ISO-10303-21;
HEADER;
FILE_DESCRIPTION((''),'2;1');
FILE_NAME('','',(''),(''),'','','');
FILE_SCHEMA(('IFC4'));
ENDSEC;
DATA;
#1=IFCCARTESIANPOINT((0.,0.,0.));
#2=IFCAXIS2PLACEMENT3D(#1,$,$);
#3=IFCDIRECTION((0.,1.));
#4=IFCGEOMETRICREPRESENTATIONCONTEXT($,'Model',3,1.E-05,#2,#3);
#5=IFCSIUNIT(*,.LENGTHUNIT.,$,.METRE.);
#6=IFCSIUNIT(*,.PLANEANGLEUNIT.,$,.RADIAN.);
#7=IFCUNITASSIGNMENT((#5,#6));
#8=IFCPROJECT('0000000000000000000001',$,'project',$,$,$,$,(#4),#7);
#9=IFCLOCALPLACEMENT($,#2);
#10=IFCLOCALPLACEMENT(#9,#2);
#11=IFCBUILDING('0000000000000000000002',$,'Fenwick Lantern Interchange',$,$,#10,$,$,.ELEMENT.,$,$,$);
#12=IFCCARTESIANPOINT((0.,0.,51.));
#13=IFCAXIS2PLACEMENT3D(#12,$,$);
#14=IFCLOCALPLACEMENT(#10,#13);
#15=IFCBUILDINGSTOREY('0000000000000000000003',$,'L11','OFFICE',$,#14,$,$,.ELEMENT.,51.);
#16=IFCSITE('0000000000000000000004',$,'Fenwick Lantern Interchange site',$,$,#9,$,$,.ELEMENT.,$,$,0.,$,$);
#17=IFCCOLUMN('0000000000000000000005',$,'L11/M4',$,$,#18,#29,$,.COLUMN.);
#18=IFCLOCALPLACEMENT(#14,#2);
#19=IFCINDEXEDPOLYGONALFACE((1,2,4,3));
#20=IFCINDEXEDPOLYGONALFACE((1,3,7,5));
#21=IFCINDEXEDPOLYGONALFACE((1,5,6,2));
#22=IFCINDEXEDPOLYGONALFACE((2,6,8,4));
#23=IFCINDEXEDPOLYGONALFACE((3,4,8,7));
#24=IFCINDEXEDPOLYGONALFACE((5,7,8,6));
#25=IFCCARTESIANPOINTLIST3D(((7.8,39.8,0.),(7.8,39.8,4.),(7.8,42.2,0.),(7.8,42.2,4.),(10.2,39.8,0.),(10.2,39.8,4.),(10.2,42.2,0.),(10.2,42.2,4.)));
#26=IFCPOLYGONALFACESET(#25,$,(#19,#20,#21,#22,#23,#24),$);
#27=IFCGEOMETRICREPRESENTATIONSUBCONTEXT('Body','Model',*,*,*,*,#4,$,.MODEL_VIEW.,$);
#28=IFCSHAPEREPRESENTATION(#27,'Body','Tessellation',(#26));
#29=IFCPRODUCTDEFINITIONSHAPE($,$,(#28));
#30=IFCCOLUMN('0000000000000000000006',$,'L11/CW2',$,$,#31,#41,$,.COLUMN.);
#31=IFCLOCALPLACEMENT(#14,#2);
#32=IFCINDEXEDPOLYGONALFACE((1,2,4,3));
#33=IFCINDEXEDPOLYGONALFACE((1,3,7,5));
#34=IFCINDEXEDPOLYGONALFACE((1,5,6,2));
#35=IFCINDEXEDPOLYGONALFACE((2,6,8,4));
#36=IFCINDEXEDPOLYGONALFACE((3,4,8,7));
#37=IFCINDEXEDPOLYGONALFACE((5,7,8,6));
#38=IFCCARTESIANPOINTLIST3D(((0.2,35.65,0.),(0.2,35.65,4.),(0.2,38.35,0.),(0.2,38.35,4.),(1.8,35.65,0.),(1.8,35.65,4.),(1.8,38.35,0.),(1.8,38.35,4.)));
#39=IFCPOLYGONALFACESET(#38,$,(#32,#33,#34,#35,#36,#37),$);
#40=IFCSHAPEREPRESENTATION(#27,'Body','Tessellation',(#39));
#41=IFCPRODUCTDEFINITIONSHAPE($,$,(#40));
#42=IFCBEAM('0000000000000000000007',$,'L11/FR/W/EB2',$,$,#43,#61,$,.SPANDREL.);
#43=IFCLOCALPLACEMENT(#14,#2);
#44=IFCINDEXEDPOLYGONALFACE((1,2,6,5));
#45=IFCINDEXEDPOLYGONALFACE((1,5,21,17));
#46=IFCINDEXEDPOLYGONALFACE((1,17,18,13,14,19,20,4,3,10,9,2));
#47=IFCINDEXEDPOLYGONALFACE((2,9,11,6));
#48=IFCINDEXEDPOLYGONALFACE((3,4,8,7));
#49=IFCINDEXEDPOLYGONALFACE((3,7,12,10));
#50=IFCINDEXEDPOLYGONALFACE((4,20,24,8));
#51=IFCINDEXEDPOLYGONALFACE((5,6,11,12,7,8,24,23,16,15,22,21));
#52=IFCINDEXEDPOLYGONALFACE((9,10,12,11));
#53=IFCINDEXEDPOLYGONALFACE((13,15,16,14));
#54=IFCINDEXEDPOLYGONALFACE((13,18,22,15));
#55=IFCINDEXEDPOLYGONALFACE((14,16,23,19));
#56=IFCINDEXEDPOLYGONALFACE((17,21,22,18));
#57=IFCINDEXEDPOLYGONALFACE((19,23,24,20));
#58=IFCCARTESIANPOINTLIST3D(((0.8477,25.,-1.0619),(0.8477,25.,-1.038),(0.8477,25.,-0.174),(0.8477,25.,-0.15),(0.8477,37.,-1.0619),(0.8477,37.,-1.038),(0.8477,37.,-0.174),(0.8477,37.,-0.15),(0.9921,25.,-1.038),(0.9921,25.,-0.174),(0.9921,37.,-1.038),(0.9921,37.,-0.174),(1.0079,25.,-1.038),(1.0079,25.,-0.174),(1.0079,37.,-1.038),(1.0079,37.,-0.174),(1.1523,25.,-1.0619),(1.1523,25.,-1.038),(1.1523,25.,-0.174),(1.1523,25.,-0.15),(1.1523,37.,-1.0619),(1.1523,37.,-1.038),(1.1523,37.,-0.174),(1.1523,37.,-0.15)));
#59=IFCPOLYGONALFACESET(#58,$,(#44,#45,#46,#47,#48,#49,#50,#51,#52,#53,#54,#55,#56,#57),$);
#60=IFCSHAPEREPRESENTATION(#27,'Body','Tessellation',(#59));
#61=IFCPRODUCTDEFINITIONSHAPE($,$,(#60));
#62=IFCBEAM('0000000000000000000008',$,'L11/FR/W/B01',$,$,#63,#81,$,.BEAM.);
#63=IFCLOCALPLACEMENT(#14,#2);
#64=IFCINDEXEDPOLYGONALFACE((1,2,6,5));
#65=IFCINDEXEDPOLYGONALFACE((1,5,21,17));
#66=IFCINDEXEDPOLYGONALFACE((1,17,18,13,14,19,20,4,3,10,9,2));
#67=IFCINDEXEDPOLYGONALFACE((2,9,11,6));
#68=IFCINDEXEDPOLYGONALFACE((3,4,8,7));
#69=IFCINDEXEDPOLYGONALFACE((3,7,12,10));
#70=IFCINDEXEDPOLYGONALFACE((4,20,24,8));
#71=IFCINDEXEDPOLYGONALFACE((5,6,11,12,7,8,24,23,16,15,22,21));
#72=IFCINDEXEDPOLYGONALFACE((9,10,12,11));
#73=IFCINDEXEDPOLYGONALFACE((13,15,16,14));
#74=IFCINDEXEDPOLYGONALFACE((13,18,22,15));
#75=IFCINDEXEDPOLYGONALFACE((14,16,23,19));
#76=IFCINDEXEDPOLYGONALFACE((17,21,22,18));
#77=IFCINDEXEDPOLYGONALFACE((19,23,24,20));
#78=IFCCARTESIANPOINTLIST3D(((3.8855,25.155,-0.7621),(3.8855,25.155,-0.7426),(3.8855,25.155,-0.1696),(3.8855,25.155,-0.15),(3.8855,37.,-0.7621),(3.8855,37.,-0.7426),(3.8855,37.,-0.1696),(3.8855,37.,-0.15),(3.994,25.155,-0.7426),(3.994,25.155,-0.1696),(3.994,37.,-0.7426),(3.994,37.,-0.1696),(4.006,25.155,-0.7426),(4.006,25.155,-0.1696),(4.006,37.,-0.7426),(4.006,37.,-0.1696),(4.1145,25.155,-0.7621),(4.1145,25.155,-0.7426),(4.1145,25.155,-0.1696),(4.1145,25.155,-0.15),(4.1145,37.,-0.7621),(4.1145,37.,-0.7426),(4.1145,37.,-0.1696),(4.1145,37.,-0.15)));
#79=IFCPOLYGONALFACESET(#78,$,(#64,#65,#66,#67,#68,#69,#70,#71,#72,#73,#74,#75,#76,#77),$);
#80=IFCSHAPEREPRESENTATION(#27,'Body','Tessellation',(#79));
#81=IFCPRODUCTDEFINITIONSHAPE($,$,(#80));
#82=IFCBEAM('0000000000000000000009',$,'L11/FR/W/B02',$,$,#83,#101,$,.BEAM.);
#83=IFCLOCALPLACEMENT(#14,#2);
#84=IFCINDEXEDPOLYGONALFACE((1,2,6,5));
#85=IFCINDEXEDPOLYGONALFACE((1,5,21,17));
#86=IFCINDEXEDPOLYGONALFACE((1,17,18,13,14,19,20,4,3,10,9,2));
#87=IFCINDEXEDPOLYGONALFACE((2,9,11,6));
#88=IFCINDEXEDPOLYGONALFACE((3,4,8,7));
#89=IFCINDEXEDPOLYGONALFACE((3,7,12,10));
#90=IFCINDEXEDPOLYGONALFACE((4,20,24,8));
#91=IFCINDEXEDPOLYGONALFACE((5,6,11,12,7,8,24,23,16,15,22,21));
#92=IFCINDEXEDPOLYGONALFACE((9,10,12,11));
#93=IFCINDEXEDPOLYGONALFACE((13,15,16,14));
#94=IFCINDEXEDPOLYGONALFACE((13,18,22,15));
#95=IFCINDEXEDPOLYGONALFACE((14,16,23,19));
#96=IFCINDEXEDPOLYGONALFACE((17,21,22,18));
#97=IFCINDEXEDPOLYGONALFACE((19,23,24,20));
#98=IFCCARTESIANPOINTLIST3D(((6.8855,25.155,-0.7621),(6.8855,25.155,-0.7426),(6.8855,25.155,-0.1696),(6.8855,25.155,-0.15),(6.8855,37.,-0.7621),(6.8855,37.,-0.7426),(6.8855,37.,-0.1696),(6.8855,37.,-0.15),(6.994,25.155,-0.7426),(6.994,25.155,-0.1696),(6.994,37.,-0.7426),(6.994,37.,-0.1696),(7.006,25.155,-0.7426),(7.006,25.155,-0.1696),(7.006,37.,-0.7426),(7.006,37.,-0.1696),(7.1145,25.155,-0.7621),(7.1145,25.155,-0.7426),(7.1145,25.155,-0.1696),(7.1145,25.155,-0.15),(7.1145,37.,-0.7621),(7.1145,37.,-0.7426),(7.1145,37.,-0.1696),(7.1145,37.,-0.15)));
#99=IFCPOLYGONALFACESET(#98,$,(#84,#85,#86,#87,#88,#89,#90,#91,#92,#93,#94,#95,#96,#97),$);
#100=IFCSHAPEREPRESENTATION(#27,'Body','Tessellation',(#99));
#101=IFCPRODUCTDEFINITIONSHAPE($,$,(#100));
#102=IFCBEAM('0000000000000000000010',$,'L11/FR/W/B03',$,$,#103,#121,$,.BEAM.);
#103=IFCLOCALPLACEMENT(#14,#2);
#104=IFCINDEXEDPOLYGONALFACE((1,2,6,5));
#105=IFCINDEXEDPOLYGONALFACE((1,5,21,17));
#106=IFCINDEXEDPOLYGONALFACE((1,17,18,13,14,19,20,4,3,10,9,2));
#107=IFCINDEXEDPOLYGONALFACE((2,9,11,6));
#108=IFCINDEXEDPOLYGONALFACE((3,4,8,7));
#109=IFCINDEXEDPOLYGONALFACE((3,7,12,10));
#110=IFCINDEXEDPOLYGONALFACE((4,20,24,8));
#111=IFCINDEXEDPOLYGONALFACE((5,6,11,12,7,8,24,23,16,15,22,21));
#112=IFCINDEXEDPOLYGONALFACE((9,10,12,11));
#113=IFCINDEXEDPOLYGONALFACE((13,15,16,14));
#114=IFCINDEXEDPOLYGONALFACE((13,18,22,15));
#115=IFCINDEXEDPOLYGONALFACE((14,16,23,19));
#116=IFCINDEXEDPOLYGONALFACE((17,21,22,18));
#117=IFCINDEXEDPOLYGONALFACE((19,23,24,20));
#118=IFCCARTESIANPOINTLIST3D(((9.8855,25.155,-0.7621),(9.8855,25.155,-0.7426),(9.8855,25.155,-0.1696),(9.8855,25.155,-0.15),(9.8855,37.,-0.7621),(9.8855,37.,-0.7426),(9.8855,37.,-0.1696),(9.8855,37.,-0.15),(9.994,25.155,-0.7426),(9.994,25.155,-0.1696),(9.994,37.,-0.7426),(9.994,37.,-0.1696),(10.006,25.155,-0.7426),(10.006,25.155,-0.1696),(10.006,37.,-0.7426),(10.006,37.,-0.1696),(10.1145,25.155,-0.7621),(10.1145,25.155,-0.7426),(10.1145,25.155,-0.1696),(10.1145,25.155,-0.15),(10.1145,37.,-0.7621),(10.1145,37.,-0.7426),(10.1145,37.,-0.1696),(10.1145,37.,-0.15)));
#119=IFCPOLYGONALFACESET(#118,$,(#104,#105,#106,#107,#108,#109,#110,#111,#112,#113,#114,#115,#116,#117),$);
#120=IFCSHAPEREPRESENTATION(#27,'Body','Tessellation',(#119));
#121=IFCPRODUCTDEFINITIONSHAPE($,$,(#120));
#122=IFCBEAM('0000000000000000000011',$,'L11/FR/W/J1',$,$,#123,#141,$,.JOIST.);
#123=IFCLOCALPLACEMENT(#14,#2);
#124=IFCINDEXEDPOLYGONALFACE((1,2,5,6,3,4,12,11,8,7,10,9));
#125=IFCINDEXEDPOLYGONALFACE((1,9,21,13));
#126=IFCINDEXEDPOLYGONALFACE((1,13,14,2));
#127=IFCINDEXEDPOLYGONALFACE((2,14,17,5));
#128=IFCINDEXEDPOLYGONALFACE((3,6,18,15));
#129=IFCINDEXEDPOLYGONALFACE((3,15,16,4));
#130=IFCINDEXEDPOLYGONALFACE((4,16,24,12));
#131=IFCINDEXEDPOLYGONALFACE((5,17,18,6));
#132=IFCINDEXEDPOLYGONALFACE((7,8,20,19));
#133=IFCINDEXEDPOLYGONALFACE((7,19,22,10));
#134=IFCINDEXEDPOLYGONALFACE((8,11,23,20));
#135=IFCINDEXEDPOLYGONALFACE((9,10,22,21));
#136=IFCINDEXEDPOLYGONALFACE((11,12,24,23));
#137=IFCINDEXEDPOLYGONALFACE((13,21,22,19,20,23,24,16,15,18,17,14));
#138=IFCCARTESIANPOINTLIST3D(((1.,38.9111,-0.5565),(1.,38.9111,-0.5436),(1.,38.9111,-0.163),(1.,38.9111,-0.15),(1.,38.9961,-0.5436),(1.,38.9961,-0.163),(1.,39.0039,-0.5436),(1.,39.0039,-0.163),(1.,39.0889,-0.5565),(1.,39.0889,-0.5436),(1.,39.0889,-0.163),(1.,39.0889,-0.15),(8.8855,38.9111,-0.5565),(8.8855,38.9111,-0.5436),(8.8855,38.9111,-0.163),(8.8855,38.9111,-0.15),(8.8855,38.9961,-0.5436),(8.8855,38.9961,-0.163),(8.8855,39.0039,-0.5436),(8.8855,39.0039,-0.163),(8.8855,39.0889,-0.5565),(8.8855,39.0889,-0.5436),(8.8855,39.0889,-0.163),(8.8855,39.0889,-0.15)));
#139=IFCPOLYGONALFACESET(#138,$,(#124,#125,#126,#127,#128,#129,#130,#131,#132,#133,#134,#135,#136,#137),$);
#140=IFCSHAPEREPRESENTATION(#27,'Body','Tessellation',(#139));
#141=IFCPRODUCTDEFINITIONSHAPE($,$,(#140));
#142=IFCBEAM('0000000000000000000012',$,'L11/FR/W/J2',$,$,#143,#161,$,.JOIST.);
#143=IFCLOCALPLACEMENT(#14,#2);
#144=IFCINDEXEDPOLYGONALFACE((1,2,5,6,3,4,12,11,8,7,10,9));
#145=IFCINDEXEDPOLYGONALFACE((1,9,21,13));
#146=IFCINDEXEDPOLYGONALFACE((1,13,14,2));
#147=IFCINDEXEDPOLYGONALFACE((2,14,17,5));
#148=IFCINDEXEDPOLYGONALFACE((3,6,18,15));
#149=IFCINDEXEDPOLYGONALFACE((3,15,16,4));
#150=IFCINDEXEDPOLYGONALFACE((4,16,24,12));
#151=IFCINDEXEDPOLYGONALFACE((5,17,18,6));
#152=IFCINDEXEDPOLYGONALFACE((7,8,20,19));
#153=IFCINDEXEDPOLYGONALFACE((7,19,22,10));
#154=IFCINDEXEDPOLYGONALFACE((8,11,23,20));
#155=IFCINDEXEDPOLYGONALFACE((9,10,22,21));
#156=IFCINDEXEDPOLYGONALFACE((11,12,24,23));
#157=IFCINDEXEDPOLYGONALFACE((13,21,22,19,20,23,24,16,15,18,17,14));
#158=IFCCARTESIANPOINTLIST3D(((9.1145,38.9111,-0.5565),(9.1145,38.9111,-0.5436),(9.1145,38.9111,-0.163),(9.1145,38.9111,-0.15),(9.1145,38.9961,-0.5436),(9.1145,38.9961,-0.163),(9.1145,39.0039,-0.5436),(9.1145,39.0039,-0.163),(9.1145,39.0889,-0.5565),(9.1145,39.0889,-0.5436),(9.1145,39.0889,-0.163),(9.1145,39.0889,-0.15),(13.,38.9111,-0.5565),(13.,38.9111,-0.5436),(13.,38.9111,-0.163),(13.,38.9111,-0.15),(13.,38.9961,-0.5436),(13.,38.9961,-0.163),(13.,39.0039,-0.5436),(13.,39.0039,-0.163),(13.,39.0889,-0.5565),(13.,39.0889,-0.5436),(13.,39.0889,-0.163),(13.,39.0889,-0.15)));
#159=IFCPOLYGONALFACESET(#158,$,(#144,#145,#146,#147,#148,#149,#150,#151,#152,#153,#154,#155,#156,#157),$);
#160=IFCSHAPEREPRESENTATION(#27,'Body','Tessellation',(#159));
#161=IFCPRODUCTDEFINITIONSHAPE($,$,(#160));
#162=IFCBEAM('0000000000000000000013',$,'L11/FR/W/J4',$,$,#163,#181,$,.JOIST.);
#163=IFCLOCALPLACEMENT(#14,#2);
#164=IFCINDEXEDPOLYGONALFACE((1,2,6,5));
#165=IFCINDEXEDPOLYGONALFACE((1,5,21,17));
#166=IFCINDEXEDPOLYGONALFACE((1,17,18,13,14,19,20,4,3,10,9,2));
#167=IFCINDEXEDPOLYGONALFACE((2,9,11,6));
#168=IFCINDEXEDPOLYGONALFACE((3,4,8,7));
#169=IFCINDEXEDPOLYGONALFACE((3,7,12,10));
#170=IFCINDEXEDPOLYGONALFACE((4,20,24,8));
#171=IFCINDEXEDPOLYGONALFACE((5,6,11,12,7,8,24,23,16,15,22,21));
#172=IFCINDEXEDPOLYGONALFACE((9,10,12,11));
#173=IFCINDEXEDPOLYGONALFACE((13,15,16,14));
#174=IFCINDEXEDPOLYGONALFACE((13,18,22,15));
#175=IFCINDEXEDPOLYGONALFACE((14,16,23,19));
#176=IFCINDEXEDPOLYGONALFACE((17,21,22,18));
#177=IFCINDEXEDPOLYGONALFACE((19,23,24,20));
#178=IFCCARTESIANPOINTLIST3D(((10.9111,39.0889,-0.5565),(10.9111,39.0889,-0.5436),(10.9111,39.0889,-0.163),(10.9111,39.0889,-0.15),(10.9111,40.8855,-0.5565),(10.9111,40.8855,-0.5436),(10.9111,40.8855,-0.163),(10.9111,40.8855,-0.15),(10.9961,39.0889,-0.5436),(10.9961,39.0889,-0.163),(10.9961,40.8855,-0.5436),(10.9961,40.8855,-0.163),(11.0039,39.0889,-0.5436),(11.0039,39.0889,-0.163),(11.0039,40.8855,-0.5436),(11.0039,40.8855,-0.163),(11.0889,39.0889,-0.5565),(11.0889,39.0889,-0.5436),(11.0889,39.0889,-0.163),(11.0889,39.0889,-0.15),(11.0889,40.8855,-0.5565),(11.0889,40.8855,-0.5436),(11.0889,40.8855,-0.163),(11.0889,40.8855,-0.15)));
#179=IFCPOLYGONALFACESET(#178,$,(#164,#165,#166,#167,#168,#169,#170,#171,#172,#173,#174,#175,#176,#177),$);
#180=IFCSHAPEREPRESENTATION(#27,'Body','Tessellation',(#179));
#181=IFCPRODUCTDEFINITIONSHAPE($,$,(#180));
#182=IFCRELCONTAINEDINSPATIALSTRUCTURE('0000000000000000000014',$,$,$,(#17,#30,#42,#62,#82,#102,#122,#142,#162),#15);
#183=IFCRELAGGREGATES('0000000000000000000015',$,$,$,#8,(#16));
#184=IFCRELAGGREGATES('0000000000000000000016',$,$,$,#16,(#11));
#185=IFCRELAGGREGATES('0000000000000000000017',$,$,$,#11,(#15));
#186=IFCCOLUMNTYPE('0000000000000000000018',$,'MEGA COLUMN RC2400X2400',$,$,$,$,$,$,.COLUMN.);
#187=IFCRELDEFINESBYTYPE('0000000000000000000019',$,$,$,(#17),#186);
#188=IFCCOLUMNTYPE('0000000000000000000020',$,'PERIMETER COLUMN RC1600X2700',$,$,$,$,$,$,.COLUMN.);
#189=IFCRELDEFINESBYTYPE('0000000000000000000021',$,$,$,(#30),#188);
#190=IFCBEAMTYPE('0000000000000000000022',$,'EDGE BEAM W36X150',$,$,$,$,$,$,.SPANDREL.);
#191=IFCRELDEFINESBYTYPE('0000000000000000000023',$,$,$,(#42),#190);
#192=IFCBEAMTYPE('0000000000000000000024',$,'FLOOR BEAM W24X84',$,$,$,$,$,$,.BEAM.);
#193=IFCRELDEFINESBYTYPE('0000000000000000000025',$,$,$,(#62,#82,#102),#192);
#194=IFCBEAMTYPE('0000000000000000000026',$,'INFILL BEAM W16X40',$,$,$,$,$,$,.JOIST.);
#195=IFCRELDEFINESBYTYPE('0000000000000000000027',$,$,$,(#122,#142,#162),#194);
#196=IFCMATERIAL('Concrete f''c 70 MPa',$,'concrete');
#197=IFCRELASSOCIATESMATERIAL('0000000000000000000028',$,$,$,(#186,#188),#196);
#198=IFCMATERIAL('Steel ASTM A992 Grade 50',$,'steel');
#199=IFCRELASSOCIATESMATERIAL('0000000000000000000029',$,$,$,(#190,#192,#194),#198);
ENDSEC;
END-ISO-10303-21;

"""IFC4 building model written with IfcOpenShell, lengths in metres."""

from ifc_helpers import new_model, si_unit, direction, frame, origin, origin_2d, place, context, subcontext, project, spatial, rectangle, i_section, extrude, material, material_profile, profile_set, type_object, element, save


model = new_model("IFC4")

# Units and contexts
model_context = context("Model", 3, precision=1e-05, world=origin(), true_north=direction((0.0, 1.0)))
body_context = subcontext(model_context, "Body", "Model", "MODEL_VIEW")
ifc_project = project(units=[si_unit("LENGTHUNIT", "METRE"), si_unit("PLANEANGLEUNIT", "RADIAN")], contexts=[model_context])

# Site, building, storey
site_placement = place(None, origin())
site = spatial("IfcSite", under=ifc_project, at=site_placement, Name="Fenwick Lantern Interchange site", CompositionType="ELEMENT", RefElevation=0.0)
building_placement = place(site_placement, origin())
building = spatial("IfcBuilding", under=site, at=building_placement, Name="Fenwick Lantern Interchange", CompositionType="ELEMENT")
storey_placement = place(building_placement, frame((0.0, 0.0, 51.0)))
storey = spatial("IfcBuildingStorey", under=building, at=storey_placement, Name="L11", Description="OFFICE", CompositionType="ELEMENT", Elevation=51.0)

# Columns
ifc_material_1 = material(Name="Concrete f'c 70 MPa", Category="concrete")
ifc_material_profile_1 = material_profile(ifc_material_1, rectangle(XDim=2.3999, YDim=2.3999, at=origin_2d()), Name="RC2400X2400")
ifc_profile_set_1 = profile_set([ifc_material_profile_1], Name="Concrete f'c 70 MPa")
column_type_1 = type_object("IfcColumnType", Name="MEGA COLUMN RC2400X2400", PredefinedType="COLUMN", material=ifc_profile_set_1)
column_1_placement = place(storey_placement, frame((9.0, 41.0, 0.0), z_axis=(0.0, 0.0, 1.0), x_axis=(1.0, 0.0, 0.0)))
element("IfcColumn", 1, at=column_1_placement, inside=storey, type_object=column_type_1, Name="L11/M4", PredefinedType="COLUMN", context=body_context, shape_type="SweptSolid", body=[
    extrude(rectangle(XDim=2.3999, YDim=2.3999, at=origin_2d()), origin(), (0.0, 0.0, 1.0), 4.0),
])
ifc_material_profile_2 = material_profile(ifc_material_1, rectangle(XDim=1.6001, YDim=2.7, at=origin_2d()), Name="RC1600X2700")
ifc_profile_set_2 = profile_set([ifc_material_profile_2], Name="Concrete f'c 70 MPa")
column_type_2 = type_object("IfcColumnType", Name="PERIMETER COLUMN RC1600X2700", PredefinedType="COLUMN", material=ifc_profile_set_2)
column_2_placement = place(storey_placement, frame((1.0, 37.0, 0.0), z_axis=(0.0, 0.0, 1.0), x_axis=(1.0, 0.0, 0.0)))
element("IfcColumn", 2, at=column_2_placement, inside=storey, type_object=column_type_2, Name="L11/CW2", PredefinedType="COLUMN", context=body_context, shape_type="SweptSolid", body=[
    extrude(rectangle(XDim=1.6001, YDim=2.7, at=origin_2d()), origin(), (0.0, 0.0, 1.0), 4.0),
])

# Beams
ifc_material_2 = material(Name="Steel ASTM A992 Grade 50", Category="steel")
ifc_material_profile_3 = material_profile(ifc_material_2, i_section(OverallWidth=0.3047, OverallDepth=0.9119, WebThickness=0.0159, FlangeThickness=0.0239, at=origin_2d()), Name="W36X150")
ifc_profile_set_3 = profile_set([ifc_material_profile_3], Name="Steel ASTM A992 Grade 50")
beam_type_1 = type_object("IfcBeamType", Name="EDGE BEAM W36X150", PredefinedType="SPANDREL", material=ifc_profile_set_3)
beam_1_placement = place(storey_placement, frame((1.0, 37.0, -0.606), z_axis=(0.0, -1.0, 0.0), x_axis=(1.0, 0.0, 0.0)))
element("IfcBeam", 3, at=beam_1_placement, inside=storey, type_object=beam_type_1, Name="L11/FR/W/EB2", PredefinedType="SPANDREL", context=body_context, shape_type="SweptSolid", body=[
    extrude(i_section(OverallWidth=0.3047, OverallDepth=0.9119, WebThickness=0.0159, FlangeThickness=0.0239, at=origin_2d()), origin(), (0.0, 0.0, 1.0), 12.0),
])
ifc_material_profile_4 = material_profile(ifc_material_2, i_section(OverallWidth=0.229, OverallDepth=0.6121, WebThickness=0.012, FlangeThickness=0.0195, at=origin_2d()), Name="W24X84")
ifc_profile_set_4 = profile_set([ifc_material_profile_4], Name="Steel ASTM A992 Grade 50")
beam_type_2 = type_object("IfcBeamType", Name="FLOOR BEAM W24X84", PredefinedType="BEAM", material=ifc_profile_set_4)
for number, where, z_axis, x_axis, name in (
    (4, (4.0, 37.0, -0.4561), (0.0, -1.0, 0.0), (1.0, 0.0, 0.0), "L11/FR/W/B01"),
    (5, (7.0, 37.0, -0.4561), (0.0, -1.0, 0.0), (1.0, 0.0, 0.0), "L11/FR/W/B02"),
    (6, (10.0, 37.0, -0.4561), (0.0, -1.0, 0.0), (1.0, 0.0, 0.0), "L11/FR/W/B03"),
):
    element("IfcBeam", number, at=place(storey_placement, frame(where, z_axis=z_axis, x_axis=x_axis)), inside=storey, type_object=beam_type_2, Name=name, PredefinedType="BEAM", context=body_context, shape_type="SweptSolid", body=[
        extrude(i_section(OverallWidth=0.229, OverallDepth=0.6121, WebThickness=0.012, FlangeThickness=0.0195, at=origin_2d()), origin(), (0.0, 0.0, 1.0), 11.845),
    ])
ifc_material_profile_5 = material_profile(ifc_material_2, i_section(OverallWidth=0.1777, OverallDepth=0.4065, WebThickness=0.0078, FlangeThickness=0.0129, at=origin_2d()), Name="W16X40")
ifc_profile_set_5 = profile_set([ifc_material_profile_5], Name="Steel ASTM A992 Grade 50")
beam_type_3 = type_object("IfcBeamType", Name="INFILL BEAM W16X40", PredefinedType="JOIST", material=ifc_profile_set_5)
beam_2_placement = place(storey_placement, frame((1.0, 39.0, -0.3533), z_axis=(1.0, 0.0, 0.0), x_axis=(0.0, 1.0, 0.0)))
element("IfcBeam", 7, at=beam_2_placement, inside=storey, type_object=beam_type_3, Name="L11/FR/W/J1", PredefinedType="JOIST", context=body_context, shape_type="SweptSolid", body=[
    extrude(i_section(OverallWidth=0.1777, OverallDepth=0.4065, WebThickness=0.0078, FlangeThickness=0.0129, at=origin_2d()), origin(), (0.0, 0.0, 1.0), 7.8855),
])
beam_3_placement = place(storey_placement, frame((9.1145, 39.0, -0.3533), z_axis=(1.0, 0.0, 0.0), x_axis=(0.0, 1.0, 0.0)))
element("IfcBeam", 8, at=beam_3_placement, inside=storey, type_object=beam_type_3, Name="L11/FR/W/J2", PredefinedType="JOIST", context=body_context, shape_type="SweptSolid", body=[
    extrude(i_section(OverallWidth=0.1777, OverallDepth=0.4065, WebThickness=0.0078, FlangeThickness=0.0129, at=origin_2d()), origin(), (0.0, 0.0, 1.0), 3.8855),
])
beam_4_placement = place(storey_placement, frame((11.0, 40.8855, -0.3533), z_axis=(0.0, -1.0, 0.0), x_axis=(1.0, 0.0, 0.0)))
element("IfcBeam", 9, at=beam_4_placement, inside=storey, type_object=beam_type_3, Name="L11/FR/W/J4", PredefinedType="JOIST", context=body_context, shape_type="SweptSolid", body=[
    extrude(i_section(OverallWidth=0.1777, OverallDepth=0.4065, WebThickness=0.0078, FlangeThickness=0.0129, at=origin_2d()), origin(), (0.0, 0.0, 1.0), 1.7966),
])

save(model, "model.ifc")
